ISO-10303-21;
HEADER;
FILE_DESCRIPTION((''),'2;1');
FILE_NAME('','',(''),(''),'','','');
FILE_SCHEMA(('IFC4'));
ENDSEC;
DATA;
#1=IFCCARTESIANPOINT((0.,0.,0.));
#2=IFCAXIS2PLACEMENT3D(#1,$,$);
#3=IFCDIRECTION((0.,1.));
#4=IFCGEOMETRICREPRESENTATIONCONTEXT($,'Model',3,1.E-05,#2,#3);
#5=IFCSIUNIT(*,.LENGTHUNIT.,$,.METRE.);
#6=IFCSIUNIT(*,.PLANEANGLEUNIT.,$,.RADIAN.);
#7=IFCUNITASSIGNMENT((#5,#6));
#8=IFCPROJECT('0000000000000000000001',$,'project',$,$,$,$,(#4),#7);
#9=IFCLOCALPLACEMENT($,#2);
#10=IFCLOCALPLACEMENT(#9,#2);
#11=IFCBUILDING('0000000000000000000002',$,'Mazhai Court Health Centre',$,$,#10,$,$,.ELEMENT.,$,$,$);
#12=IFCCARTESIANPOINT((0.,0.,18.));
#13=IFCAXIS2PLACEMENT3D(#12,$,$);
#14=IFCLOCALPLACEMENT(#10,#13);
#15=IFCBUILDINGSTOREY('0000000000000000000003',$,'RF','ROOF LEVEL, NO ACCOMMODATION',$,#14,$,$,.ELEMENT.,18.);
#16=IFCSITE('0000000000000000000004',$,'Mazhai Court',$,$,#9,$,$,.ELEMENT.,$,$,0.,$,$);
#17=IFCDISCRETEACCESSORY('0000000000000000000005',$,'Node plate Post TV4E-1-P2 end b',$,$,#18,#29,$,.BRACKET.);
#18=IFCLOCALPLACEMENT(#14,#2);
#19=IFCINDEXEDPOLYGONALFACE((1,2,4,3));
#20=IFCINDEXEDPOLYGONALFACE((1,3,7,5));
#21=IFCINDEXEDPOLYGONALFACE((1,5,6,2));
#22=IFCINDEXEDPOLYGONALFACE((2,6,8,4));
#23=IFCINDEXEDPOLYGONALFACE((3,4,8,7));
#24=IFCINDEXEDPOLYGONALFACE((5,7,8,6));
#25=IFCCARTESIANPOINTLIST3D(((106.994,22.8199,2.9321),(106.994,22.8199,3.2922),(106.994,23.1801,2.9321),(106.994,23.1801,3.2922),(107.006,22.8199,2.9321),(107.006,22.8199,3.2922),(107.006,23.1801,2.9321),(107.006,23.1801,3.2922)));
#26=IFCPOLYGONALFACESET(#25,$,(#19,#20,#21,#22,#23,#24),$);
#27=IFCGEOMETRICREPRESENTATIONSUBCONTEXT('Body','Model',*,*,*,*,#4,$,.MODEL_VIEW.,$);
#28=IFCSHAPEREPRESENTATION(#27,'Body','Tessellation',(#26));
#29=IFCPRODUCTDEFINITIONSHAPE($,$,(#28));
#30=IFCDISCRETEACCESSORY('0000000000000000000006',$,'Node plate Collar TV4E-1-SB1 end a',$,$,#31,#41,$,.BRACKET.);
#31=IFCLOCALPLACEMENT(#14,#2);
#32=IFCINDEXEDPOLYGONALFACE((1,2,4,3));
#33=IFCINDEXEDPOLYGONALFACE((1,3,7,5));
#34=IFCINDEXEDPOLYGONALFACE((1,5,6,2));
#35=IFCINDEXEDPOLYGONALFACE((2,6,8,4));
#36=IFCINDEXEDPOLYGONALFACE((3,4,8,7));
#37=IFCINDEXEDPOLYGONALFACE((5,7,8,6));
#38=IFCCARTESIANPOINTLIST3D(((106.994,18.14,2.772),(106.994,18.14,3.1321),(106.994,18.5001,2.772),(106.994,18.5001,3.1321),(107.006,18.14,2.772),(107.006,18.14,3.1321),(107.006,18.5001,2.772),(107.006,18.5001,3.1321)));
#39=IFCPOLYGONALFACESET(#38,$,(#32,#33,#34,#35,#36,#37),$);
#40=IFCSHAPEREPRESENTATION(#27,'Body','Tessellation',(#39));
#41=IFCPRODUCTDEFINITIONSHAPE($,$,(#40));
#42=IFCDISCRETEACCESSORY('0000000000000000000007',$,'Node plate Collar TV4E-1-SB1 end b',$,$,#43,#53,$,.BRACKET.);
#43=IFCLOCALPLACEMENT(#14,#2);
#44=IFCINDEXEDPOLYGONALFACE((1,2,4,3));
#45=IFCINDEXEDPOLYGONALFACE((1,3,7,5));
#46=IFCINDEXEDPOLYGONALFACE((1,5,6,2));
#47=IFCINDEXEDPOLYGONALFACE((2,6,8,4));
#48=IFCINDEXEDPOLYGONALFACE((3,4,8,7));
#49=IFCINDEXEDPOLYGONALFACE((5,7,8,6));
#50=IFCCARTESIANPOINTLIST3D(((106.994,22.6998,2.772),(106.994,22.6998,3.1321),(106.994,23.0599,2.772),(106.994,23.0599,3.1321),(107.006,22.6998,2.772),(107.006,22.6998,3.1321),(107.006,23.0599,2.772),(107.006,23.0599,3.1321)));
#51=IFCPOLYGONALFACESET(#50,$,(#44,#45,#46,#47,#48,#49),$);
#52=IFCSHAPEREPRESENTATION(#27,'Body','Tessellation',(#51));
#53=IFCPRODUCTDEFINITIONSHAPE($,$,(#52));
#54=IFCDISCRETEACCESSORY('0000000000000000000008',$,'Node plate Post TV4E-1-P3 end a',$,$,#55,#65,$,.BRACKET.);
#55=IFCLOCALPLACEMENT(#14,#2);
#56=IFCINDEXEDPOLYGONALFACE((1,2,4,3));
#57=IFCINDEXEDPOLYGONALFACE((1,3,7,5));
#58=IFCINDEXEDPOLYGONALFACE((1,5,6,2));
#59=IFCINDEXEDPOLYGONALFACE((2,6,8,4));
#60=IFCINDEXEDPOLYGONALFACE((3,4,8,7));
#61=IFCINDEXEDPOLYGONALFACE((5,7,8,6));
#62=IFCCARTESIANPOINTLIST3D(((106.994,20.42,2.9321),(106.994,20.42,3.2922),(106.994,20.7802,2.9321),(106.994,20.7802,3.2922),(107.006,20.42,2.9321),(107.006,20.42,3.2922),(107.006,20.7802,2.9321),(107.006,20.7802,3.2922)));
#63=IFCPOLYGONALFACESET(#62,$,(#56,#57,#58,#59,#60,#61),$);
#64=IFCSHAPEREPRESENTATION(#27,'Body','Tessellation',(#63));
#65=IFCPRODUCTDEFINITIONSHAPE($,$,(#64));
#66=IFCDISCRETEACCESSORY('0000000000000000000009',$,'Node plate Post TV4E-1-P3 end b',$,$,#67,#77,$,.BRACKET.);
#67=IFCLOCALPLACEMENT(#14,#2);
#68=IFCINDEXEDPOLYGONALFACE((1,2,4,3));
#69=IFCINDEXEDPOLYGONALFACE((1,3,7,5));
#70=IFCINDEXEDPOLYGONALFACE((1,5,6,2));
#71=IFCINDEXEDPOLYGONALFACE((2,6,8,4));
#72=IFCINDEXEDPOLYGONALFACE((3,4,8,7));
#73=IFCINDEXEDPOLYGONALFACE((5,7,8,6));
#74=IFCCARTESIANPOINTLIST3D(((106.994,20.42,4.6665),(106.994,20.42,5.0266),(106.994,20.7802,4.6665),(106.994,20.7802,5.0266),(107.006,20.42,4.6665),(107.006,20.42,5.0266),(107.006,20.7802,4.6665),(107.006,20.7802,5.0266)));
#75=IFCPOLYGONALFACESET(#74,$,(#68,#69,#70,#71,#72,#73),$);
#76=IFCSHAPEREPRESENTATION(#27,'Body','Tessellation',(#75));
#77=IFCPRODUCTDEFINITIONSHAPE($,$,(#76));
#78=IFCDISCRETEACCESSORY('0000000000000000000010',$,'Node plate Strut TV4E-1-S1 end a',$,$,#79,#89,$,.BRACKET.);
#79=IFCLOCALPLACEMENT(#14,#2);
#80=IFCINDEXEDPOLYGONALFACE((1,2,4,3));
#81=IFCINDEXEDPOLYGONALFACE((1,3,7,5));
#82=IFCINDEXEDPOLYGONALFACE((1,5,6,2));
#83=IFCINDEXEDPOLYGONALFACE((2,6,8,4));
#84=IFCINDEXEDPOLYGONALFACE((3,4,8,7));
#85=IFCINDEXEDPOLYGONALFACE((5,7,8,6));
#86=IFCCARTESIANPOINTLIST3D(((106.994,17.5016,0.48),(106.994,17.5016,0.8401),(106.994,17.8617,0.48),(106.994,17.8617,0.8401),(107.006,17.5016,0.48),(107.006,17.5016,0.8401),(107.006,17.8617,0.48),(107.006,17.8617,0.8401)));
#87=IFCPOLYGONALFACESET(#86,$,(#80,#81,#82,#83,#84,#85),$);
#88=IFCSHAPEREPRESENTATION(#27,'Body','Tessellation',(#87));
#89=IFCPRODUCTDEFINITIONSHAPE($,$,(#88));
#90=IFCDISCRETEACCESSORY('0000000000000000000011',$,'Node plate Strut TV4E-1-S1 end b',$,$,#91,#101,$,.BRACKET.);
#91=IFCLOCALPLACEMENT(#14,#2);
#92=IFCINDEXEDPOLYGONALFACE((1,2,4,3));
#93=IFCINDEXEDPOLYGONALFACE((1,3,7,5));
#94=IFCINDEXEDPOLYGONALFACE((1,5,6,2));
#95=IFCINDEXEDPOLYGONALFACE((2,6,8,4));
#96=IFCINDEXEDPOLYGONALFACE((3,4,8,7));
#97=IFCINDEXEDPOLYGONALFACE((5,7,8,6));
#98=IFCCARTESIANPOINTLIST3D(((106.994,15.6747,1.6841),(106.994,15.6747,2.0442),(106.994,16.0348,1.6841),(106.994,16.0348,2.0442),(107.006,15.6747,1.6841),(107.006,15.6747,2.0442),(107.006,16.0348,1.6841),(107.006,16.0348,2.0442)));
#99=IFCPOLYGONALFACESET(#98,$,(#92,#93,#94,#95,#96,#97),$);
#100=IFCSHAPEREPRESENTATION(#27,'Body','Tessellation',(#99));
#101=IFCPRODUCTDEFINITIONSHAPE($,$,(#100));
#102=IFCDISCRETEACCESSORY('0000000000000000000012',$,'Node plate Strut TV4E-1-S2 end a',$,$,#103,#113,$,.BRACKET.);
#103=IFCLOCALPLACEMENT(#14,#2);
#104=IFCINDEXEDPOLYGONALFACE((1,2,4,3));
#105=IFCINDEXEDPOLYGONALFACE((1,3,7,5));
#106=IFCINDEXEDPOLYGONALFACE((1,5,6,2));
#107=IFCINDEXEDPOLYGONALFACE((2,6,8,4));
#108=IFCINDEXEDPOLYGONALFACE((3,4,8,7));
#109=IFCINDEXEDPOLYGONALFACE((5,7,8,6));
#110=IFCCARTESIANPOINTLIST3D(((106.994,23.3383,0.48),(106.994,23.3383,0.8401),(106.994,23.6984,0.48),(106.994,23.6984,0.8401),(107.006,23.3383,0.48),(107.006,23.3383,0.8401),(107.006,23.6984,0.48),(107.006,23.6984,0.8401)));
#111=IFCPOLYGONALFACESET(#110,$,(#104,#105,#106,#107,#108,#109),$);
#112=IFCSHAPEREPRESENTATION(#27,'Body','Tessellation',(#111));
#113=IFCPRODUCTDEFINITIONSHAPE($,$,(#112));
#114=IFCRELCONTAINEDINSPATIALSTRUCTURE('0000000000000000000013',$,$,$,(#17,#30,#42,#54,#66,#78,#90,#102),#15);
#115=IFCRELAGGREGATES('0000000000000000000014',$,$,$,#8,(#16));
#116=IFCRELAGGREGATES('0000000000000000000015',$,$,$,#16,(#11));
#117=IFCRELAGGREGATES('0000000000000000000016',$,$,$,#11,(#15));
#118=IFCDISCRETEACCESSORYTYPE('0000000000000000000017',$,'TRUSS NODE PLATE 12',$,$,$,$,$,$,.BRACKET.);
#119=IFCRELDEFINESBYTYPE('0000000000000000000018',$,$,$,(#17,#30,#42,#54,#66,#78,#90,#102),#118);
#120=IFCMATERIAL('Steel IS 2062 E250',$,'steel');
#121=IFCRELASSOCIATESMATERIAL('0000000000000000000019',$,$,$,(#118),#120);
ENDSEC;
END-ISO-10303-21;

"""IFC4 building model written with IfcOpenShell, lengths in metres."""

from ifc_helpers import new_model, si_unit, direction, frame, origin, origin_2d, place, context, subcontext, project, spatial, rectangle, extrude, material, type_object, element, save


model = new_model("IFC4")

# Units and contexts
model_context = context("Model", 3, precision=1e-05, world=origin(), true_north=direction((0.0, 1.0)))
body_context = subcontext(model_context, "Body", "Model", "MODEL_VIEW")
ifc_project = project(units=[si_unit("LENGTHUNIT", "METRE"), si_unit("PLANEANGLEUNIT", "RADIAN")], contexts=[model_context])

# Site, building, storey
site_placement = place(None, origin())
site = spatial("IfcSite", under=ifc_project, at=site_placement, Name="Mazhai Court", CompositionType="ELEMENT", RefElevation=0.0)
building_placement = place(site_placement, origin())
building = spatial("IfcBuilding", under=site, at=building_placement, Name="Mazhai Court Health Centre", CompositionType="ELEMENT")
storey_placement = place(building_placement, frame((0.0, 0.0, 18.0)))
storey = spatial("IfcBuildingStorey", under=building, at=storey_placement, Name="RF", Description="ROOF LEVEL, NO ACCOMMODATION", CompositionType="ELEMENT", Elevation=18.0)

# Discrete accessories
ifc_material_1 = material(Name="Steel IS 2062 E250", Category="steel")
discrete_accessory_type = type_object("IfcDiscreteAccessoryType", Name="TRUSS NODE PLATE 12", PredefinedType="BRACKET", material=ifc_material_1)
for number, where, z_axis, x_axis, name in (
    (1, (107.0, 23.0, 2.9321), (0.0, 0.0, 1.0), (1.0, 0.0, 0.0), "Node plate Post TV4E-1-P2 end b"),
    (2, (107.0, 18.3201, 2.772), (0.0, 0.0, 1.0), (1.0, 0.0, 0.0), "Node plate Collar TV4E-1-SB1 end a"),
    (3, (107.0, 22.8799, 2.772), (0.0, 0.0, 1.0), (1.0, 0.0, 0.0), "Node plate Collar TV4E-1-SB1 end b"),
    (4, (107.0, 20.6001, 2.9321), (0.0, 0.0, 1.0), (1.0, 0.0, 0.0), "Node plate Post TV4E-1-P3 end a"),
    (5, (107.0, 20.6001, 4.6665), (0.0, 0.0, 1.0), (1.0, 0.0, 0.0), "Node plate Post TV4E-1-P3 end b"),
    (6, (107.0, 17.6816, 0.48), (0.0, 0.0, 1.0), (1.0, 0.0, 0.0), "Node plate Strut TV4E-1-S1 end a"),
    (7, (107.0, 15.8547, 1.6841), (0.0, 0.0, 1.0), (1.0, 0.0, 0.0), "Node plate Strut TV4E-1-S1 end b"),
    (8, (107.0, 23.5183, 0.48), (0.0, 0.0, 1.0), (1.0, 0.0, 0.0), "Node plate Strut TV4E-1-S2 end a"),
):
    element("IfcDiscreteAccessory", number, at=place(storey_placement, frame(where, z_axis=z_axis, x_axis=x_axis)), inside=storey, type_object=discrete_accessory_type, Name=name, PredefinedType="BRACKET", context=body_context, shape_type="SweptSolid", body=[
        extrude(rectangle(XDim=0.012, YDim=0.3601, at=origin_2d()), origin(), (0.0, 0.0, 1.0), 0.3601),
    ])

save(model, "model.ifc")
